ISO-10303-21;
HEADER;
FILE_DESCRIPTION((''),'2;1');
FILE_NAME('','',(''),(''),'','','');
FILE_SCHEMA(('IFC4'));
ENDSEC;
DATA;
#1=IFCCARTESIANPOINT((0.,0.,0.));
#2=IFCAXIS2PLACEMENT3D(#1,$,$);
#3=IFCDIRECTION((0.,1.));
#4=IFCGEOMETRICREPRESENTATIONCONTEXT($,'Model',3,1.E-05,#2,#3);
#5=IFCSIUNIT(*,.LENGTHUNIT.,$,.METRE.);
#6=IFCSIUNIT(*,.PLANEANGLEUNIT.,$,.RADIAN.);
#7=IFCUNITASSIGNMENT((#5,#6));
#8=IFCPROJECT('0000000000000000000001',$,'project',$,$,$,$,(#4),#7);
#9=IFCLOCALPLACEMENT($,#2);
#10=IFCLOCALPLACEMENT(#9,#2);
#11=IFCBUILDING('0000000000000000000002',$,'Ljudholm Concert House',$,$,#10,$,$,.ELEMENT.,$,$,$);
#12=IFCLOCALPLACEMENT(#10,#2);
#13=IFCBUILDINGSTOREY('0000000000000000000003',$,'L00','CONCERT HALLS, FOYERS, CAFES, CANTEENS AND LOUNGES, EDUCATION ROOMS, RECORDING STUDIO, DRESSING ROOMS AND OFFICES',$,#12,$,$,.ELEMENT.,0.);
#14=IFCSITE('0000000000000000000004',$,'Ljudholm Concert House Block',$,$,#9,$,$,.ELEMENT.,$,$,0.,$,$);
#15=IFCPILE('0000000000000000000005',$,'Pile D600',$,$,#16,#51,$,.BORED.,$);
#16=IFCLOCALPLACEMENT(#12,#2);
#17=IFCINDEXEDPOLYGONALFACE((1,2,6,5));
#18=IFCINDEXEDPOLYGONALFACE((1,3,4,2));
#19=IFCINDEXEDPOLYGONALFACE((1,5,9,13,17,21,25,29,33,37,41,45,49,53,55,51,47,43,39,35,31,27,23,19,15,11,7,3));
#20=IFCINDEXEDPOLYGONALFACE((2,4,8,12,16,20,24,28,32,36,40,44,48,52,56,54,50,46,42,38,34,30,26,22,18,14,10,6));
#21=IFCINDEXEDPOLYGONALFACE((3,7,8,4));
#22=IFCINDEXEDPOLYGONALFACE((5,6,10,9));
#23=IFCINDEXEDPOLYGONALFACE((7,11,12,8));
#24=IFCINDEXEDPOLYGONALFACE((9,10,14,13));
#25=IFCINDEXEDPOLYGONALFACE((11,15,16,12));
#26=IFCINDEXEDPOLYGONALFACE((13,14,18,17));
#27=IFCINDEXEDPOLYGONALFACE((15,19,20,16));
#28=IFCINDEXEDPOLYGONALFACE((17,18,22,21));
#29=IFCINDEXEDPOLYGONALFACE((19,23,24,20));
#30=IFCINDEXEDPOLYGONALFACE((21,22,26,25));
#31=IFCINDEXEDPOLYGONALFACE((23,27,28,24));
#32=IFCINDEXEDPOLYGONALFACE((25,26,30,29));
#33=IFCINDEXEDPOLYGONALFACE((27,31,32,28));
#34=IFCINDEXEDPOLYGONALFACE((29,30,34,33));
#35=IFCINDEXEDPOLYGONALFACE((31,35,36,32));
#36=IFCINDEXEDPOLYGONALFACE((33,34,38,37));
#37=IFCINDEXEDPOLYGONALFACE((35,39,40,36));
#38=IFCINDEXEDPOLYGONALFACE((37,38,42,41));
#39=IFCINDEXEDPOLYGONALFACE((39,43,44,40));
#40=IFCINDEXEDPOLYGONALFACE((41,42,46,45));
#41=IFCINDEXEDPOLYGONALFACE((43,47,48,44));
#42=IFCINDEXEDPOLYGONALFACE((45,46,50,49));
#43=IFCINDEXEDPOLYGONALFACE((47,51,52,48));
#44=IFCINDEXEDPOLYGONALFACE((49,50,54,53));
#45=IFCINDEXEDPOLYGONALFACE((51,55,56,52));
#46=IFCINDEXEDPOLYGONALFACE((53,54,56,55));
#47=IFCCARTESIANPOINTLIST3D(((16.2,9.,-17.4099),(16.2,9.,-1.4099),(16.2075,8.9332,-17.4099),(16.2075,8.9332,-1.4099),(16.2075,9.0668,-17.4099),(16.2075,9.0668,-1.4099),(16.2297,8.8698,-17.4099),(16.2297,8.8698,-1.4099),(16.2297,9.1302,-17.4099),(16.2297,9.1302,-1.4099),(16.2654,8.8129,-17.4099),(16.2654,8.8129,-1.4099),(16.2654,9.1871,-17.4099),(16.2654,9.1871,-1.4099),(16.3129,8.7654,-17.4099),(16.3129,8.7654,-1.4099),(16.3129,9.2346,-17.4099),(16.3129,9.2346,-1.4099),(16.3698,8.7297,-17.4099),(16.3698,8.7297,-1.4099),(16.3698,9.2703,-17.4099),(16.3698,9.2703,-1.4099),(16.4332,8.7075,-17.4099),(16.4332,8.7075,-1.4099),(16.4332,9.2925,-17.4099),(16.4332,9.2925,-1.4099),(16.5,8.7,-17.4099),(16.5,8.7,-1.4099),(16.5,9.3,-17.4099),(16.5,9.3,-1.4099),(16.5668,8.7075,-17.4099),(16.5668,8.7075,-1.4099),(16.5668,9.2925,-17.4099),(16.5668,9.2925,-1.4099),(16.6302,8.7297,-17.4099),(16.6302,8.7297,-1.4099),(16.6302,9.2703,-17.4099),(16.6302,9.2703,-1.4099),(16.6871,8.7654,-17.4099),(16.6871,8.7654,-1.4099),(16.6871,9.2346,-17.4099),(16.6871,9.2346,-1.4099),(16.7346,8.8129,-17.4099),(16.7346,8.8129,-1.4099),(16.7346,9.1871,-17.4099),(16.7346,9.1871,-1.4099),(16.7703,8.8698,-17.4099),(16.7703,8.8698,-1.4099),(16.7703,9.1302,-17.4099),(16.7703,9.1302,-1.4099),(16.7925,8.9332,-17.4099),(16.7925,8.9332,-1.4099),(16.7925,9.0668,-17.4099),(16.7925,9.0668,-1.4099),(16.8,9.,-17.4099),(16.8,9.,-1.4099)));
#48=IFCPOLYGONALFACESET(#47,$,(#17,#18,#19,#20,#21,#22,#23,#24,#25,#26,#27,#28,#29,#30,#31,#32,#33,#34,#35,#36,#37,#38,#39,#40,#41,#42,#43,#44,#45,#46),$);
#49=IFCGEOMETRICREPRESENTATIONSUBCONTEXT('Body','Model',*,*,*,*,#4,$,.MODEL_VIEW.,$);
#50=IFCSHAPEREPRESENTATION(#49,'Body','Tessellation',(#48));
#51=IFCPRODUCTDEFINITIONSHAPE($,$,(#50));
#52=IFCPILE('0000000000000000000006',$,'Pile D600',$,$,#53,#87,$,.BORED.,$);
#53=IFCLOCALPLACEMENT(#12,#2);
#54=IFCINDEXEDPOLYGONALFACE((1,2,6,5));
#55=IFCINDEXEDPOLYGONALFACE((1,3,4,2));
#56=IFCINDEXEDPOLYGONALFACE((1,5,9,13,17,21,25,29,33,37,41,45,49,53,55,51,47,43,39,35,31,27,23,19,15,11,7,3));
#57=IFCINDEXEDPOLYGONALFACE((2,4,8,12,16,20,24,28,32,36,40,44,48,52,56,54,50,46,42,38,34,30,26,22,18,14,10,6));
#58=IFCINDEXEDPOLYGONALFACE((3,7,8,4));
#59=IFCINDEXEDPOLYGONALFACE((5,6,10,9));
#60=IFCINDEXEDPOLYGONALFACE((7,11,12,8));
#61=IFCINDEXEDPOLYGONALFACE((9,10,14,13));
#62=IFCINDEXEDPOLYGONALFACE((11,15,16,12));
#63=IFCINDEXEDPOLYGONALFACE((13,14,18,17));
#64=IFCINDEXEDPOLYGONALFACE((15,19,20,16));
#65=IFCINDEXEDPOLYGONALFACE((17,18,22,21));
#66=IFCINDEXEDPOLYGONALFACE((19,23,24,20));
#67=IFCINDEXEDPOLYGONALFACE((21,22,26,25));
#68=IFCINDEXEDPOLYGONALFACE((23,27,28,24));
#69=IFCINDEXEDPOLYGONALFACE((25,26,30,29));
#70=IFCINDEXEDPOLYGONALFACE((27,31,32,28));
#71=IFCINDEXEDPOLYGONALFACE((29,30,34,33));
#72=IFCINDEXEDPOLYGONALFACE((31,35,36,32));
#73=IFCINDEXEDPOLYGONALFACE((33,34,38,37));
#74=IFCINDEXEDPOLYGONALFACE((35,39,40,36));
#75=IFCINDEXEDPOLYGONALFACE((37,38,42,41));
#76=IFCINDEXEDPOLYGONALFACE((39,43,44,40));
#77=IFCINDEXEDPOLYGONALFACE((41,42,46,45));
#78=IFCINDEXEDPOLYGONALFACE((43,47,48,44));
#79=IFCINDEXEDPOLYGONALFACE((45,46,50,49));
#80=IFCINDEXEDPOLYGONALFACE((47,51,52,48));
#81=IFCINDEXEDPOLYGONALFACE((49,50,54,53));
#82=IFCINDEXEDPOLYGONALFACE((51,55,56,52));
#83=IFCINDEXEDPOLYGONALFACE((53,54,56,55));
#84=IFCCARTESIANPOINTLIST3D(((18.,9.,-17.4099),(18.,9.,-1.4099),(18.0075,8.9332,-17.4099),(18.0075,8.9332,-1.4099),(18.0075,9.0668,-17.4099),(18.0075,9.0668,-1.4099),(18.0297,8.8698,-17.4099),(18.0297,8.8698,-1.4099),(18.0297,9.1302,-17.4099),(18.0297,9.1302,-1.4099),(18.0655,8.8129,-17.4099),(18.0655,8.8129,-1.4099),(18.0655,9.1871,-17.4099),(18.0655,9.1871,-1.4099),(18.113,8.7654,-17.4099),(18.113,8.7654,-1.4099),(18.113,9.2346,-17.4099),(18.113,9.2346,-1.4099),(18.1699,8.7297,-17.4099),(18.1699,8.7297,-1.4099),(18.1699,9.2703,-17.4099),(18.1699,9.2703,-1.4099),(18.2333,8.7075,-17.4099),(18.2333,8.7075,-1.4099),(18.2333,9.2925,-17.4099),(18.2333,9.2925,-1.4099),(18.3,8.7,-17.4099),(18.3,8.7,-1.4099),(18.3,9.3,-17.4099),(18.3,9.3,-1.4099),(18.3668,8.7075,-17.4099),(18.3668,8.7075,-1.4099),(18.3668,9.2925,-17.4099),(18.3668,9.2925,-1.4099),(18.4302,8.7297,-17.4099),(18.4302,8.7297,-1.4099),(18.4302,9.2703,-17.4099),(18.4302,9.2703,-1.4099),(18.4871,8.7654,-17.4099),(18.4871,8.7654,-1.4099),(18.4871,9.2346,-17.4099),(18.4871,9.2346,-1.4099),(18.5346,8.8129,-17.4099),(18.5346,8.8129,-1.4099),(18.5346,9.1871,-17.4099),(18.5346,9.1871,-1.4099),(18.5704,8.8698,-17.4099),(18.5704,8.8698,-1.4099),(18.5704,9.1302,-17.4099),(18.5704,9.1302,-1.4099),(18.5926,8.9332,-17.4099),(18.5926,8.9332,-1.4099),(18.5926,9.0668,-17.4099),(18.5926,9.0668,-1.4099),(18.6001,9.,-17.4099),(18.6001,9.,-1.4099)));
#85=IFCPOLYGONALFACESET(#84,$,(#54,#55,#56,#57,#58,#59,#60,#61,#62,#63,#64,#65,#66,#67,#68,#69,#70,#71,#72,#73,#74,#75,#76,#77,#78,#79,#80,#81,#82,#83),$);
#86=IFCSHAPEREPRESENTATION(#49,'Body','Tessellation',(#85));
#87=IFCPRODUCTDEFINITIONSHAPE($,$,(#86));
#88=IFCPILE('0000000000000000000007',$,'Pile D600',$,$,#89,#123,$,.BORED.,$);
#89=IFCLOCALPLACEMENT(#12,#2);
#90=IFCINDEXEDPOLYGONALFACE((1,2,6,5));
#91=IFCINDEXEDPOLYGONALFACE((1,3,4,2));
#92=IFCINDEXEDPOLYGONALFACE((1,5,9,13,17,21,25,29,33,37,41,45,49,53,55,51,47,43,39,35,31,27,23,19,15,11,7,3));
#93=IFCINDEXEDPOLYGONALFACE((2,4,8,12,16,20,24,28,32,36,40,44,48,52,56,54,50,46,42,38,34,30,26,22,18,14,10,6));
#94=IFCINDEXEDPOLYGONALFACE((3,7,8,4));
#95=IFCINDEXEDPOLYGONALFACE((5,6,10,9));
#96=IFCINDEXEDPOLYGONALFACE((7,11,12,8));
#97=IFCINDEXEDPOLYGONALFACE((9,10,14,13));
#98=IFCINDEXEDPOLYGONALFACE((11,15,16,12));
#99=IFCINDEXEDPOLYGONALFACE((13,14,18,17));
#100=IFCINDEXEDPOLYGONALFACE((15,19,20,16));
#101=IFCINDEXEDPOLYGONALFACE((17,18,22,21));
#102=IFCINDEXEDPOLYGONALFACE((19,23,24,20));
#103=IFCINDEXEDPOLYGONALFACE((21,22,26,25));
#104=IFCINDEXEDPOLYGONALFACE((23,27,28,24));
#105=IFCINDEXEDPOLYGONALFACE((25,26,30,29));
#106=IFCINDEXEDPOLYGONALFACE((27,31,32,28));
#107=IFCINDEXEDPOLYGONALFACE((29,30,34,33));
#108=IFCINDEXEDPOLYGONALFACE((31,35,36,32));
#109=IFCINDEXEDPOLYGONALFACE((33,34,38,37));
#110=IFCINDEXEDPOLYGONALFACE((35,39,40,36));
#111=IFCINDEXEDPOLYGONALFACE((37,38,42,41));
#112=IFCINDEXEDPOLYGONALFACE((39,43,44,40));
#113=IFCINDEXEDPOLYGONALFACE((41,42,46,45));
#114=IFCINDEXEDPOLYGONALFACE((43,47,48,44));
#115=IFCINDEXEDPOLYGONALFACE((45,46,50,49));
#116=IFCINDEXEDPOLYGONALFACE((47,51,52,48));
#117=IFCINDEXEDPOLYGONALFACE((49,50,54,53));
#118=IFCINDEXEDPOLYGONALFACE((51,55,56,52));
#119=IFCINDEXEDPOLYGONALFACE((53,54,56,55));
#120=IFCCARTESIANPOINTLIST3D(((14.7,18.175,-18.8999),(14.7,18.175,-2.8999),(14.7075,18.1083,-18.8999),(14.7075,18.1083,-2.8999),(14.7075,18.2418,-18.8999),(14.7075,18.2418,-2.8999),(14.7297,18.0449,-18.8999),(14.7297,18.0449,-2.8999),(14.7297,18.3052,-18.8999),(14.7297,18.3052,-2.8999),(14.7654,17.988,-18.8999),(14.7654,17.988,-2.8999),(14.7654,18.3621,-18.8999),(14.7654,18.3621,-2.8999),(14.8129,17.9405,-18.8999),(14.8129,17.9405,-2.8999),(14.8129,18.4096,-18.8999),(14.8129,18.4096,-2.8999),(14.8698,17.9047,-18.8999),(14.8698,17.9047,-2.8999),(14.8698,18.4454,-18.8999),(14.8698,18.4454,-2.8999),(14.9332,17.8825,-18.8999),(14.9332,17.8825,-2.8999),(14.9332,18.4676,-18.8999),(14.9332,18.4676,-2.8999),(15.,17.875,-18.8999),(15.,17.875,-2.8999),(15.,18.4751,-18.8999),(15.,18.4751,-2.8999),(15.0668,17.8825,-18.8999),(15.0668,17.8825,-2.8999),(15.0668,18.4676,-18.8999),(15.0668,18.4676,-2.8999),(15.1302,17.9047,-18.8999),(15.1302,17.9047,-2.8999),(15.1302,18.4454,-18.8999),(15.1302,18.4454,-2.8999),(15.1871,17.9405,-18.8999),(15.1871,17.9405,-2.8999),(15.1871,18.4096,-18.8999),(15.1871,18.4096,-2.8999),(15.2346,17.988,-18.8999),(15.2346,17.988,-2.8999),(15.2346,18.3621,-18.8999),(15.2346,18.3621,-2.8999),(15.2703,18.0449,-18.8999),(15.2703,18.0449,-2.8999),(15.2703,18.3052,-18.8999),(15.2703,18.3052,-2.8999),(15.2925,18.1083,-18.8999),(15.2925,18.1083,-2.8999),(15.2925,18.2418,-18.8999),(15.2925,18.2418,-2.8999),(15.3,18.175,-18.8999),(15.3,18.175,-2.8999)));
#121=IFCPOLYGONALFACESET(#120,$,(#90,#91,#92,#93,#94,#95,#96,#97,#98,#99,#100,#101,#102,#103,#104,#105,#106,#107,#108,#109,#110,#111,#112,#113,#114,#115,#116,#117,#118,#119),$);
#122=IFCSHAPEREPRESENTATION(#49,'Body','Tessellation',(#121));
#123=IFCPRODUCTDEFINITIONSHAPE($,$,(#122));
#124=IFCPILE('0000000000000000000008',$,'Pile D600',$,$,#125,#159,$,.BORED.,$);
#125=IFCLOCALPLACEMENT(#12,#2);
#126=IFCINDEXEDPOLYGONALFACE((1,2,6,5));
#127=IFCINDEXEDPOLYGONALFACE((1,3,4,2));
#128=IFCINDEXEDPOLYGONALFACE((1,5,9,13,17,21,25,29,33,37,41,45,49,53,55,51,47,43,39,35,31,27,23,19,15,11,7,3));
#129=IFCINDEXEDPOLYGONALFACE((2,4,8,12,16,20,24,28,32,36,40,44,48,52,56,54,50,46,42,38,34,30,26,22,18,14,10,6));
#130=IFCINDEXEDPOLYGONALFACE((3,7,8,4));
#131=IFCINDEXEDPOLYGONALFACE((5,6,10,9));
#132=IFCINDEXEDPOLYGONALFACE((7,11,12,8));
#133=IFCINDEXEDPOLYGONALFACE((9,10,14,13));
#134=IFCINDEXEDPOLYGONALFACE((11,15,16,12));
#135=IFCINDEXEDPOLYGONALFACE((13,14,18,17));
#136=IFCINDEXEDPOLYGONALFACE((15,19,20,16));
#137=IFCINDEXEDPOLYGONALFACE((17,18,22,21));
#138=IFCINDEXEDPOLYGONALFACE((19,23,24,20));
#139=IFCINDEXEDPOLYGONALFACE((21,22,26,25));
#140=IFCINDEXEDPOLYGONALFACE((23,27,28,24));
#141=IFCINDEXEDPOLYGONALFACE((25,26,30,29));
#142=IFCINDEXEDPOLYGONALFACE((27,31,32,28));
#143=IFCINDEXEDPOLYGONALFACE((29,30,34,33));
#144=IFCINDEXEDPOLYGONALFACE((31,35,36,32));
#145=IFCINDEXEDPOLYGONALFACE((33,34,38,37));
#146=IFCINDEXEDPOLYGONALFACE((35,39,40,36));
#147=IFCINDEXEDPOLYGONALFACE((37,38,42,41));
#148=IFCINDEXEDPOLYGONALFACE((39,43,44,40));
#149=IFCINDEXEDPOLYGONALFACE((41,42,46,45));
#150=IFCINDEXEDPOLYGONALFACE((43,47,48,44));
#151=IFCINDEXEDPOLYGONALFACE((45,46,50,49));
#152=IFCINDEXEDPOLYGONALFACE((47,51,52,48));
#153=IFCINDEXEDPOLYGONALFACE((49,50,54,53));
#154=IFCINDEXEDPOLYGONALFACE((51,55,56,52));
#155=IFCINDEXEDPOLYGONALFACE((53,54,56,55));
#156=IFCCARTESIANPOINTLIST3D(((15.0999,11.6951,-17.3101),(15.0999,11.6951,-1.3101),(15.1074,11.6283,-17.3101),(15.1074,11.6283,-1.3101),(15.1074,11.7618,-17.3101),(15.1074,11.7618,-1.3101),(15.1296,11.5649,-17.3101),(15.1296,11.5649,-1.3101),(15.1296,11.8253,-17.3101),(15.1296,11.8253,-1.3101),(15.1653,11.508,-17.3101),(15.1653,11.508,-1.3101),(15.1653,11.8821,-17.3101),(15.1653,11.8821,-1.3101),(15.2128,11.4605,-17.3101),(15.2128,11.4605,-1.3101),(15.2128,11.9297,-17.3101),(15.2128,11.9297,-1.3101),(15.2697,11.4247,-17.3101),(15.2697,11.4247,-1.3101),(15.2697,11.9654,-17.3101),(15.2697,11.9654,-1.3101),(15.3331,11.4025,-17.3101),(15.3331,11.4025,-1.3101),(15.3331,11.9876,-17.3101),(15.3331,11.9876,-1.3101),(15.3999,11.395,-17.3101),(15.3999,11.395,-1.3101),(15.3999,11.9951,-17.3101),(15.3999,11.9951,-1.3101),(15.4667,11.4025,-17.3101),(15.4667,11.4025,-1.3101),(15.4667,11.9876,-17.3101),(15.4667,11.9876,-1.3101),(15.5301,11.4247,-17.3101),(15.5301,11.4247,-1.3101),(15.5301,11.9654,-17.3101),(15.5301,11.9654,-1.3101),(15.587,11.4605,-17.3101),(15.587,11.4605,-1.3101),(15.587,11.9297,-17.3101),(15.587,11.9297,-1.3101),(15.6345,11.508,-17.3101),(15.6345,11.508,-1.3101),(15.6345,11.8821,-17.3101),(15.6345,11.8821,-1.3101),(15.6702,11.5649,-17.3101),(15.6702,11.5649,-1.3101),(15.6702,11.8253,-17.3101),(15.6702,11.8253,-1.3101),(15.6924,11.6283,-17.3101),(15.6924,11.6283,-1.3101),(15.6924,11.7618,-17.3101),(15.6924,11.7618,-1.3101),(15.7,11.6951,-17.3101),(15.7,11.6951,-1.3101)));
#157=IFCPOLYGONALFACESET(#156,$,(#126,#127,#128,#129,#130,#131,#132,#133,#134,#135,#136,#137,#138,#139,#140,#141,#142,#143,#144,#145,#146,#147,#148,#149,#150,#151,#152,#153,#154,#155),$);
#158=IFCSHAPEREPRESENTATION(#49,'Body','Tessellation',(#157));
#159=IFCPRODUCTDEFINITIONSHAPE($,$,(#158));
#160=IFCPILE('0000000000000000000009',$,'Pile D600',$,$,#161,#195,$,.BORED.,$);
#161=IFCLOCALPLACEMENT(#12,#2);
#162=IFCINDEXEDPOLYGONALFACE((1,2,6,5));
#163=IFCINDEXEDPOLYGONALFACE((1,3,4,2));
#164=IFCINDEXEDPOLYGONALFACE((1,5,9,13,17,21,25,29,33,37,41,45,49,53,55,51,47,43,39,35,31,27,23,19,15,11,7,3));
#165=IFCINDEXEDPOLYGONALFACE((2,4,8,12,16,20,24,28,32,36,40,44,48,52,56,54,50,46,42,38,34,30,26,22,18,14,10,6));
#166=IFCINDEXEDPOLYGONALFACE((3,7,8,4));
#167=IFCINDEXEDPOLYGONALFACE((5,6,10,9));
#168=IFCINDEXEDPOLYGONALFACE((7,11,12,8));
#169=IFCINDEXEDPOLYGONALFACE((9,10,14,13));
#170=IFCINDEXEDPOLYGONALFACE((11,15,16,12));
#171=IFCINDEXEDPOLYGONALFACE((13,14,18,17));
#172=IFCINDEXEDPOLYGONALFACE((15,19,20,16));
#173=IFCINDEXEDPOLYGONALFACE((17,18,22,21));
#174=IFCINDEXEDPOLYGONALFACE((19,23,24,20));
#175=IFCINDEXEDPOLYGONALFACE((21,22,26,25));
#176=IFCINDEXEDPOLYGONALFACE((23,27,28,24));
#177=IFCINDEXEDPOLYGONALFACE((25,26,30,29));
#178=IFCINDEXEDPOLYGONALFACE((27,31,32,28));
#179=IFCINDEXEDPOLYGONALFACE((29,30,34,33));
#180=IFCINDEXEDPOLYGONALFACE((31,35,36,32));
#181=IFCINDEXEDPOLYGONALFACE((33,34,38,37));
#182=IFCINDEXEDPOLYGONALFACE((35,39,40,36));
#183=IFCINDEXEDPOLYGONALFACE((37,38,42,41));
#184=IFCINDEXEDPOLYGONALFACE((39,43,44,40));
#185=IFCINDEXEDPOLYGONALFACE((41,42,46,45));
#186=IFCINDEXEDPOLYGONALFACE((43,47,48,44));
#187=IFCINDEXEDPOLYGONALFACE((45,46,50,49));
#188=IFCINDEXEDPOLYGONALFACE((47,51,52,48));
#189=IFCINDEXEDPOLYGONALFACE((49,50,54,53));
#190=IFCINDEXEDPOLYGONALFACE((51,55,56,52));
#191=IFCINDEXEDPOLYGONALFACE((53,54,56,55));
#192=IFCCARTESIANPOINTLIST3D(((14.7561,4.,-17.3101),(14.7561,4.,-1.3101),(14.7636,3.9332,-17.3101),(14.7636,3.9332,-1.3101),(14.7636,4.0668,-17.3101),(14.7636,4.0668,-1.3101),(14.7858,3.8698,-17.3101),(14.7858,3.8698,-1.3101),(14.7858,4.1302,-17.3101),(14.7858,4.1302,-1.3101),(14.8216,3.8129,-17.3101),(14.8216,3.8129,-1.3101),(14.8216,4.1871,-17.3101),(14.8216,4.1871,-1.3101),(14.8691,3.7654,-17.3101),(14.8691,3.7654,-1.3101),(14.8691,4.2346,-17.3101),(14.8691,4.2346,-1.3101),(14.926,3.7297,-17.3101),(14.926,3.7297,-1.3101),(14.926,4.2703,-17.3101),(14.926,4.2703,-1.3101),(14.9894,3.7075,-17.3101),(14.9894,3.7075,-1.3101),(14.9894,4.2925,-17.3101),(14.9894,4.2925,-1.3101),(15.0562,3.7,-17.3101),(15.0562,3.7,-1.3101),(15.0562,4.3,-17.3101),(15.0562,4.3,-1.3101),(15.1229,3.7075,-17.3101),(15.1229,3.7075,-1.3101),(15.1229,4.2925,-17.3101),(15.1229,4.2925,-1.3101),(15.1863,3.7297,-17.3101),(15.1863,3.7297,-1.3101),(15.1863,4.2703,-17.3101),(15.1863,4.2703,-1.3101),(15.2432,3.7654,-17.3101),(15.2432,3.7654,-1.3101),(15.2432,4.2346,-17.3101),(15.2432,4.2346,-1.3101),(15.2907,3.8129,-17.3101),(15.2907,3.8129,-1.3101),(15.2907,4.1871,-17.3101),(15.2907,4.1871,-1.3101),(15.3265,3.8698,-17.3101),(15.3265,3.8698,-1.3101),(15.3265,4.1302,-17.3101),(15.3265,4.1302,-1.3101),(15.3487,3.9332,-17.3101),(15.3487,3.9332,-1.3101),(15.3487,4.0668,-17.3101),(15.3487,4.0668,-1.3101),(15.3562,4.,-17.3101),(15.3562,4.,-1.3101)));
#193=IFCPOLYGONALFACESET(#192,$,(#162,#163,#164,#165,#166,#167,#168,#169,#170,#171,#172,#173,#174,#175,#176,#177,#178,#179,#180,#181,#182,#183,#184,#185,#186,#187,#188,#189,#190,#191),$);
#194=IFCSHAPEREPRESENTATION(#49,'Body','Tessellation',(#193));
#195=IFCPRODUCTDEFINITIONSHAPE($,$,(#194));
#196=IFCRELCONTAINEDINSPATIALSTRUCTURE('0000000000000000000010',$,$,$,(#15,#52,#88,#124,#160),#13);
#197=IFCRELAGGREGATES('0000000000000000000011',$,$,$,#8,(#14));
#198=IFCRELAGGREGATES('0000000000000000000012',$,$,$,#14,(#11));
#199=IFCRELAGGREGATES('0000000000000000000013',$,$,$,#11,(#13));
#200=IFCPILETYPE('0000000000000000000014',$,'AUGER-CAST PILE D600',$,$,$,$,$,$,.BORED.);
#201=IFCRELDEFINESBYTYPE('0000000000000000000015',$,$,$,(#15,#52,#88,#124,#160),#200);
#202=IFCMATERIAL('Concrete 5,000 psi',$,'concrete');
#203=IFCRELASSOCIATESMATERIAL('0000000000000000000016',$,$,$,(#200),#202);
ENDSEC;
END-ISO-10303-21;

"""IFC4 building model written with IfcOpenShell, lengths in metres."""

from ifc_helpers import new_model, si_unit, direction, frame, origin, origin_2d, place, context, subcontext, project, spatial, circle, extrude, material, material_profile, profile_set, type_object, element, save


model = new_model("IFC4")

# Units and contexts
model_context = context("Model", 3, precision=1e-05, world=origin(), true_north=direction((0.0, 1.0)))
body_context = subcontext(model_context, "Body", "Model", "MODEL_VIEW")
ifc_project = project(units=[si_unit("LENGTHUNIT", "METRE"), si_unit("PLANEANGLEUNIT", "RADIAN")], contexts=[model_context])

# Site, building, storey
site_placement = place(None, origin())
site = spatial("IfcSite", under=ifc_project, at=site_placement, Name="Ljudholm Concert House Block", CompositionType="ELEMENT", RefElevation=0.0)
building_placement = place(site_placement, origin())
building = spatial("IfcBuilding", under=site, at=building_placement, Name="Ljudholm Concert House", CompositionType="ELEMENT")
storey_placement = place(building_placement, origin())
storey = spatial("IfcBuildingStorey", under=building, at=storey_placement, Name="L00", Description="CONCERT HALLS, FOYERS, CAFES, CANTEENS AND LOUNGES, EDUCATION ROOMS, RECORDING STUDIO, DRESSING ROOMS AND OFFICES", CompositionType="ELEMENT", Elevation=0.0)

# Piles
ifc_material_1 = material(Name="Concrete 5,000 psi", Category="concrete")
ifc_material_profile_1 = material_profile(ifc_material_1, circle(Radius=0.3, at=origin_2d()), Name="AUGER-CAST PILE D600")
ifc_profile_set_1 = profile_set([ifc_material_profile_1], Name="Concrete 5,000 psi")
pile_type = type_object("IfcPileType", Name="AUGER-CAST PILE D600", PredefinedType="BORED", material=ifc_profile_set_1)
for number, where, z_axis, x_axis, name in (
    (1, (16.5, 9.0, -1.4099), (0.0, 0.0, -1.0), (1.0, 0.0, 0.0), "Pile D600"),
    (2, (18.3, 9.0, -1.4099), (0.0, 0.0, -1.0), (1.0, 0.0, 0.0), "Pile D600"),
    (3, (15.0, 18.175, -2.8999), (0.0, 0.0, -1.0), (1.0, 0.0, 0.0), "Pile D600"),
    (4, (15.3999, 11.6951, -1.3101), (0.0, 0.0, -1.0), (1.0, 0.0, 0.0), "Pile D600"),
    (5, (15.0562, 4.0, -1.3101), (0.0, 0.0, -1.0), (1.0, 0.0, 0.0), "Pile D600"),
):
    element("IfcPile", number, at=place(storey_placement, frame(where, z_axis=z_axis, x_axis=x_axis)), inside=storey, type_object=pile_type, Name=name, PredefinedType="BORED", context=body_context, shape_type="SweptSolid", body=[
        extrude(circle(Radius=0.3, at=origin_2d()), origin(), (0.0, 0.0, 1.0), 16.0),
    ])

save(model, "model.ifc")
